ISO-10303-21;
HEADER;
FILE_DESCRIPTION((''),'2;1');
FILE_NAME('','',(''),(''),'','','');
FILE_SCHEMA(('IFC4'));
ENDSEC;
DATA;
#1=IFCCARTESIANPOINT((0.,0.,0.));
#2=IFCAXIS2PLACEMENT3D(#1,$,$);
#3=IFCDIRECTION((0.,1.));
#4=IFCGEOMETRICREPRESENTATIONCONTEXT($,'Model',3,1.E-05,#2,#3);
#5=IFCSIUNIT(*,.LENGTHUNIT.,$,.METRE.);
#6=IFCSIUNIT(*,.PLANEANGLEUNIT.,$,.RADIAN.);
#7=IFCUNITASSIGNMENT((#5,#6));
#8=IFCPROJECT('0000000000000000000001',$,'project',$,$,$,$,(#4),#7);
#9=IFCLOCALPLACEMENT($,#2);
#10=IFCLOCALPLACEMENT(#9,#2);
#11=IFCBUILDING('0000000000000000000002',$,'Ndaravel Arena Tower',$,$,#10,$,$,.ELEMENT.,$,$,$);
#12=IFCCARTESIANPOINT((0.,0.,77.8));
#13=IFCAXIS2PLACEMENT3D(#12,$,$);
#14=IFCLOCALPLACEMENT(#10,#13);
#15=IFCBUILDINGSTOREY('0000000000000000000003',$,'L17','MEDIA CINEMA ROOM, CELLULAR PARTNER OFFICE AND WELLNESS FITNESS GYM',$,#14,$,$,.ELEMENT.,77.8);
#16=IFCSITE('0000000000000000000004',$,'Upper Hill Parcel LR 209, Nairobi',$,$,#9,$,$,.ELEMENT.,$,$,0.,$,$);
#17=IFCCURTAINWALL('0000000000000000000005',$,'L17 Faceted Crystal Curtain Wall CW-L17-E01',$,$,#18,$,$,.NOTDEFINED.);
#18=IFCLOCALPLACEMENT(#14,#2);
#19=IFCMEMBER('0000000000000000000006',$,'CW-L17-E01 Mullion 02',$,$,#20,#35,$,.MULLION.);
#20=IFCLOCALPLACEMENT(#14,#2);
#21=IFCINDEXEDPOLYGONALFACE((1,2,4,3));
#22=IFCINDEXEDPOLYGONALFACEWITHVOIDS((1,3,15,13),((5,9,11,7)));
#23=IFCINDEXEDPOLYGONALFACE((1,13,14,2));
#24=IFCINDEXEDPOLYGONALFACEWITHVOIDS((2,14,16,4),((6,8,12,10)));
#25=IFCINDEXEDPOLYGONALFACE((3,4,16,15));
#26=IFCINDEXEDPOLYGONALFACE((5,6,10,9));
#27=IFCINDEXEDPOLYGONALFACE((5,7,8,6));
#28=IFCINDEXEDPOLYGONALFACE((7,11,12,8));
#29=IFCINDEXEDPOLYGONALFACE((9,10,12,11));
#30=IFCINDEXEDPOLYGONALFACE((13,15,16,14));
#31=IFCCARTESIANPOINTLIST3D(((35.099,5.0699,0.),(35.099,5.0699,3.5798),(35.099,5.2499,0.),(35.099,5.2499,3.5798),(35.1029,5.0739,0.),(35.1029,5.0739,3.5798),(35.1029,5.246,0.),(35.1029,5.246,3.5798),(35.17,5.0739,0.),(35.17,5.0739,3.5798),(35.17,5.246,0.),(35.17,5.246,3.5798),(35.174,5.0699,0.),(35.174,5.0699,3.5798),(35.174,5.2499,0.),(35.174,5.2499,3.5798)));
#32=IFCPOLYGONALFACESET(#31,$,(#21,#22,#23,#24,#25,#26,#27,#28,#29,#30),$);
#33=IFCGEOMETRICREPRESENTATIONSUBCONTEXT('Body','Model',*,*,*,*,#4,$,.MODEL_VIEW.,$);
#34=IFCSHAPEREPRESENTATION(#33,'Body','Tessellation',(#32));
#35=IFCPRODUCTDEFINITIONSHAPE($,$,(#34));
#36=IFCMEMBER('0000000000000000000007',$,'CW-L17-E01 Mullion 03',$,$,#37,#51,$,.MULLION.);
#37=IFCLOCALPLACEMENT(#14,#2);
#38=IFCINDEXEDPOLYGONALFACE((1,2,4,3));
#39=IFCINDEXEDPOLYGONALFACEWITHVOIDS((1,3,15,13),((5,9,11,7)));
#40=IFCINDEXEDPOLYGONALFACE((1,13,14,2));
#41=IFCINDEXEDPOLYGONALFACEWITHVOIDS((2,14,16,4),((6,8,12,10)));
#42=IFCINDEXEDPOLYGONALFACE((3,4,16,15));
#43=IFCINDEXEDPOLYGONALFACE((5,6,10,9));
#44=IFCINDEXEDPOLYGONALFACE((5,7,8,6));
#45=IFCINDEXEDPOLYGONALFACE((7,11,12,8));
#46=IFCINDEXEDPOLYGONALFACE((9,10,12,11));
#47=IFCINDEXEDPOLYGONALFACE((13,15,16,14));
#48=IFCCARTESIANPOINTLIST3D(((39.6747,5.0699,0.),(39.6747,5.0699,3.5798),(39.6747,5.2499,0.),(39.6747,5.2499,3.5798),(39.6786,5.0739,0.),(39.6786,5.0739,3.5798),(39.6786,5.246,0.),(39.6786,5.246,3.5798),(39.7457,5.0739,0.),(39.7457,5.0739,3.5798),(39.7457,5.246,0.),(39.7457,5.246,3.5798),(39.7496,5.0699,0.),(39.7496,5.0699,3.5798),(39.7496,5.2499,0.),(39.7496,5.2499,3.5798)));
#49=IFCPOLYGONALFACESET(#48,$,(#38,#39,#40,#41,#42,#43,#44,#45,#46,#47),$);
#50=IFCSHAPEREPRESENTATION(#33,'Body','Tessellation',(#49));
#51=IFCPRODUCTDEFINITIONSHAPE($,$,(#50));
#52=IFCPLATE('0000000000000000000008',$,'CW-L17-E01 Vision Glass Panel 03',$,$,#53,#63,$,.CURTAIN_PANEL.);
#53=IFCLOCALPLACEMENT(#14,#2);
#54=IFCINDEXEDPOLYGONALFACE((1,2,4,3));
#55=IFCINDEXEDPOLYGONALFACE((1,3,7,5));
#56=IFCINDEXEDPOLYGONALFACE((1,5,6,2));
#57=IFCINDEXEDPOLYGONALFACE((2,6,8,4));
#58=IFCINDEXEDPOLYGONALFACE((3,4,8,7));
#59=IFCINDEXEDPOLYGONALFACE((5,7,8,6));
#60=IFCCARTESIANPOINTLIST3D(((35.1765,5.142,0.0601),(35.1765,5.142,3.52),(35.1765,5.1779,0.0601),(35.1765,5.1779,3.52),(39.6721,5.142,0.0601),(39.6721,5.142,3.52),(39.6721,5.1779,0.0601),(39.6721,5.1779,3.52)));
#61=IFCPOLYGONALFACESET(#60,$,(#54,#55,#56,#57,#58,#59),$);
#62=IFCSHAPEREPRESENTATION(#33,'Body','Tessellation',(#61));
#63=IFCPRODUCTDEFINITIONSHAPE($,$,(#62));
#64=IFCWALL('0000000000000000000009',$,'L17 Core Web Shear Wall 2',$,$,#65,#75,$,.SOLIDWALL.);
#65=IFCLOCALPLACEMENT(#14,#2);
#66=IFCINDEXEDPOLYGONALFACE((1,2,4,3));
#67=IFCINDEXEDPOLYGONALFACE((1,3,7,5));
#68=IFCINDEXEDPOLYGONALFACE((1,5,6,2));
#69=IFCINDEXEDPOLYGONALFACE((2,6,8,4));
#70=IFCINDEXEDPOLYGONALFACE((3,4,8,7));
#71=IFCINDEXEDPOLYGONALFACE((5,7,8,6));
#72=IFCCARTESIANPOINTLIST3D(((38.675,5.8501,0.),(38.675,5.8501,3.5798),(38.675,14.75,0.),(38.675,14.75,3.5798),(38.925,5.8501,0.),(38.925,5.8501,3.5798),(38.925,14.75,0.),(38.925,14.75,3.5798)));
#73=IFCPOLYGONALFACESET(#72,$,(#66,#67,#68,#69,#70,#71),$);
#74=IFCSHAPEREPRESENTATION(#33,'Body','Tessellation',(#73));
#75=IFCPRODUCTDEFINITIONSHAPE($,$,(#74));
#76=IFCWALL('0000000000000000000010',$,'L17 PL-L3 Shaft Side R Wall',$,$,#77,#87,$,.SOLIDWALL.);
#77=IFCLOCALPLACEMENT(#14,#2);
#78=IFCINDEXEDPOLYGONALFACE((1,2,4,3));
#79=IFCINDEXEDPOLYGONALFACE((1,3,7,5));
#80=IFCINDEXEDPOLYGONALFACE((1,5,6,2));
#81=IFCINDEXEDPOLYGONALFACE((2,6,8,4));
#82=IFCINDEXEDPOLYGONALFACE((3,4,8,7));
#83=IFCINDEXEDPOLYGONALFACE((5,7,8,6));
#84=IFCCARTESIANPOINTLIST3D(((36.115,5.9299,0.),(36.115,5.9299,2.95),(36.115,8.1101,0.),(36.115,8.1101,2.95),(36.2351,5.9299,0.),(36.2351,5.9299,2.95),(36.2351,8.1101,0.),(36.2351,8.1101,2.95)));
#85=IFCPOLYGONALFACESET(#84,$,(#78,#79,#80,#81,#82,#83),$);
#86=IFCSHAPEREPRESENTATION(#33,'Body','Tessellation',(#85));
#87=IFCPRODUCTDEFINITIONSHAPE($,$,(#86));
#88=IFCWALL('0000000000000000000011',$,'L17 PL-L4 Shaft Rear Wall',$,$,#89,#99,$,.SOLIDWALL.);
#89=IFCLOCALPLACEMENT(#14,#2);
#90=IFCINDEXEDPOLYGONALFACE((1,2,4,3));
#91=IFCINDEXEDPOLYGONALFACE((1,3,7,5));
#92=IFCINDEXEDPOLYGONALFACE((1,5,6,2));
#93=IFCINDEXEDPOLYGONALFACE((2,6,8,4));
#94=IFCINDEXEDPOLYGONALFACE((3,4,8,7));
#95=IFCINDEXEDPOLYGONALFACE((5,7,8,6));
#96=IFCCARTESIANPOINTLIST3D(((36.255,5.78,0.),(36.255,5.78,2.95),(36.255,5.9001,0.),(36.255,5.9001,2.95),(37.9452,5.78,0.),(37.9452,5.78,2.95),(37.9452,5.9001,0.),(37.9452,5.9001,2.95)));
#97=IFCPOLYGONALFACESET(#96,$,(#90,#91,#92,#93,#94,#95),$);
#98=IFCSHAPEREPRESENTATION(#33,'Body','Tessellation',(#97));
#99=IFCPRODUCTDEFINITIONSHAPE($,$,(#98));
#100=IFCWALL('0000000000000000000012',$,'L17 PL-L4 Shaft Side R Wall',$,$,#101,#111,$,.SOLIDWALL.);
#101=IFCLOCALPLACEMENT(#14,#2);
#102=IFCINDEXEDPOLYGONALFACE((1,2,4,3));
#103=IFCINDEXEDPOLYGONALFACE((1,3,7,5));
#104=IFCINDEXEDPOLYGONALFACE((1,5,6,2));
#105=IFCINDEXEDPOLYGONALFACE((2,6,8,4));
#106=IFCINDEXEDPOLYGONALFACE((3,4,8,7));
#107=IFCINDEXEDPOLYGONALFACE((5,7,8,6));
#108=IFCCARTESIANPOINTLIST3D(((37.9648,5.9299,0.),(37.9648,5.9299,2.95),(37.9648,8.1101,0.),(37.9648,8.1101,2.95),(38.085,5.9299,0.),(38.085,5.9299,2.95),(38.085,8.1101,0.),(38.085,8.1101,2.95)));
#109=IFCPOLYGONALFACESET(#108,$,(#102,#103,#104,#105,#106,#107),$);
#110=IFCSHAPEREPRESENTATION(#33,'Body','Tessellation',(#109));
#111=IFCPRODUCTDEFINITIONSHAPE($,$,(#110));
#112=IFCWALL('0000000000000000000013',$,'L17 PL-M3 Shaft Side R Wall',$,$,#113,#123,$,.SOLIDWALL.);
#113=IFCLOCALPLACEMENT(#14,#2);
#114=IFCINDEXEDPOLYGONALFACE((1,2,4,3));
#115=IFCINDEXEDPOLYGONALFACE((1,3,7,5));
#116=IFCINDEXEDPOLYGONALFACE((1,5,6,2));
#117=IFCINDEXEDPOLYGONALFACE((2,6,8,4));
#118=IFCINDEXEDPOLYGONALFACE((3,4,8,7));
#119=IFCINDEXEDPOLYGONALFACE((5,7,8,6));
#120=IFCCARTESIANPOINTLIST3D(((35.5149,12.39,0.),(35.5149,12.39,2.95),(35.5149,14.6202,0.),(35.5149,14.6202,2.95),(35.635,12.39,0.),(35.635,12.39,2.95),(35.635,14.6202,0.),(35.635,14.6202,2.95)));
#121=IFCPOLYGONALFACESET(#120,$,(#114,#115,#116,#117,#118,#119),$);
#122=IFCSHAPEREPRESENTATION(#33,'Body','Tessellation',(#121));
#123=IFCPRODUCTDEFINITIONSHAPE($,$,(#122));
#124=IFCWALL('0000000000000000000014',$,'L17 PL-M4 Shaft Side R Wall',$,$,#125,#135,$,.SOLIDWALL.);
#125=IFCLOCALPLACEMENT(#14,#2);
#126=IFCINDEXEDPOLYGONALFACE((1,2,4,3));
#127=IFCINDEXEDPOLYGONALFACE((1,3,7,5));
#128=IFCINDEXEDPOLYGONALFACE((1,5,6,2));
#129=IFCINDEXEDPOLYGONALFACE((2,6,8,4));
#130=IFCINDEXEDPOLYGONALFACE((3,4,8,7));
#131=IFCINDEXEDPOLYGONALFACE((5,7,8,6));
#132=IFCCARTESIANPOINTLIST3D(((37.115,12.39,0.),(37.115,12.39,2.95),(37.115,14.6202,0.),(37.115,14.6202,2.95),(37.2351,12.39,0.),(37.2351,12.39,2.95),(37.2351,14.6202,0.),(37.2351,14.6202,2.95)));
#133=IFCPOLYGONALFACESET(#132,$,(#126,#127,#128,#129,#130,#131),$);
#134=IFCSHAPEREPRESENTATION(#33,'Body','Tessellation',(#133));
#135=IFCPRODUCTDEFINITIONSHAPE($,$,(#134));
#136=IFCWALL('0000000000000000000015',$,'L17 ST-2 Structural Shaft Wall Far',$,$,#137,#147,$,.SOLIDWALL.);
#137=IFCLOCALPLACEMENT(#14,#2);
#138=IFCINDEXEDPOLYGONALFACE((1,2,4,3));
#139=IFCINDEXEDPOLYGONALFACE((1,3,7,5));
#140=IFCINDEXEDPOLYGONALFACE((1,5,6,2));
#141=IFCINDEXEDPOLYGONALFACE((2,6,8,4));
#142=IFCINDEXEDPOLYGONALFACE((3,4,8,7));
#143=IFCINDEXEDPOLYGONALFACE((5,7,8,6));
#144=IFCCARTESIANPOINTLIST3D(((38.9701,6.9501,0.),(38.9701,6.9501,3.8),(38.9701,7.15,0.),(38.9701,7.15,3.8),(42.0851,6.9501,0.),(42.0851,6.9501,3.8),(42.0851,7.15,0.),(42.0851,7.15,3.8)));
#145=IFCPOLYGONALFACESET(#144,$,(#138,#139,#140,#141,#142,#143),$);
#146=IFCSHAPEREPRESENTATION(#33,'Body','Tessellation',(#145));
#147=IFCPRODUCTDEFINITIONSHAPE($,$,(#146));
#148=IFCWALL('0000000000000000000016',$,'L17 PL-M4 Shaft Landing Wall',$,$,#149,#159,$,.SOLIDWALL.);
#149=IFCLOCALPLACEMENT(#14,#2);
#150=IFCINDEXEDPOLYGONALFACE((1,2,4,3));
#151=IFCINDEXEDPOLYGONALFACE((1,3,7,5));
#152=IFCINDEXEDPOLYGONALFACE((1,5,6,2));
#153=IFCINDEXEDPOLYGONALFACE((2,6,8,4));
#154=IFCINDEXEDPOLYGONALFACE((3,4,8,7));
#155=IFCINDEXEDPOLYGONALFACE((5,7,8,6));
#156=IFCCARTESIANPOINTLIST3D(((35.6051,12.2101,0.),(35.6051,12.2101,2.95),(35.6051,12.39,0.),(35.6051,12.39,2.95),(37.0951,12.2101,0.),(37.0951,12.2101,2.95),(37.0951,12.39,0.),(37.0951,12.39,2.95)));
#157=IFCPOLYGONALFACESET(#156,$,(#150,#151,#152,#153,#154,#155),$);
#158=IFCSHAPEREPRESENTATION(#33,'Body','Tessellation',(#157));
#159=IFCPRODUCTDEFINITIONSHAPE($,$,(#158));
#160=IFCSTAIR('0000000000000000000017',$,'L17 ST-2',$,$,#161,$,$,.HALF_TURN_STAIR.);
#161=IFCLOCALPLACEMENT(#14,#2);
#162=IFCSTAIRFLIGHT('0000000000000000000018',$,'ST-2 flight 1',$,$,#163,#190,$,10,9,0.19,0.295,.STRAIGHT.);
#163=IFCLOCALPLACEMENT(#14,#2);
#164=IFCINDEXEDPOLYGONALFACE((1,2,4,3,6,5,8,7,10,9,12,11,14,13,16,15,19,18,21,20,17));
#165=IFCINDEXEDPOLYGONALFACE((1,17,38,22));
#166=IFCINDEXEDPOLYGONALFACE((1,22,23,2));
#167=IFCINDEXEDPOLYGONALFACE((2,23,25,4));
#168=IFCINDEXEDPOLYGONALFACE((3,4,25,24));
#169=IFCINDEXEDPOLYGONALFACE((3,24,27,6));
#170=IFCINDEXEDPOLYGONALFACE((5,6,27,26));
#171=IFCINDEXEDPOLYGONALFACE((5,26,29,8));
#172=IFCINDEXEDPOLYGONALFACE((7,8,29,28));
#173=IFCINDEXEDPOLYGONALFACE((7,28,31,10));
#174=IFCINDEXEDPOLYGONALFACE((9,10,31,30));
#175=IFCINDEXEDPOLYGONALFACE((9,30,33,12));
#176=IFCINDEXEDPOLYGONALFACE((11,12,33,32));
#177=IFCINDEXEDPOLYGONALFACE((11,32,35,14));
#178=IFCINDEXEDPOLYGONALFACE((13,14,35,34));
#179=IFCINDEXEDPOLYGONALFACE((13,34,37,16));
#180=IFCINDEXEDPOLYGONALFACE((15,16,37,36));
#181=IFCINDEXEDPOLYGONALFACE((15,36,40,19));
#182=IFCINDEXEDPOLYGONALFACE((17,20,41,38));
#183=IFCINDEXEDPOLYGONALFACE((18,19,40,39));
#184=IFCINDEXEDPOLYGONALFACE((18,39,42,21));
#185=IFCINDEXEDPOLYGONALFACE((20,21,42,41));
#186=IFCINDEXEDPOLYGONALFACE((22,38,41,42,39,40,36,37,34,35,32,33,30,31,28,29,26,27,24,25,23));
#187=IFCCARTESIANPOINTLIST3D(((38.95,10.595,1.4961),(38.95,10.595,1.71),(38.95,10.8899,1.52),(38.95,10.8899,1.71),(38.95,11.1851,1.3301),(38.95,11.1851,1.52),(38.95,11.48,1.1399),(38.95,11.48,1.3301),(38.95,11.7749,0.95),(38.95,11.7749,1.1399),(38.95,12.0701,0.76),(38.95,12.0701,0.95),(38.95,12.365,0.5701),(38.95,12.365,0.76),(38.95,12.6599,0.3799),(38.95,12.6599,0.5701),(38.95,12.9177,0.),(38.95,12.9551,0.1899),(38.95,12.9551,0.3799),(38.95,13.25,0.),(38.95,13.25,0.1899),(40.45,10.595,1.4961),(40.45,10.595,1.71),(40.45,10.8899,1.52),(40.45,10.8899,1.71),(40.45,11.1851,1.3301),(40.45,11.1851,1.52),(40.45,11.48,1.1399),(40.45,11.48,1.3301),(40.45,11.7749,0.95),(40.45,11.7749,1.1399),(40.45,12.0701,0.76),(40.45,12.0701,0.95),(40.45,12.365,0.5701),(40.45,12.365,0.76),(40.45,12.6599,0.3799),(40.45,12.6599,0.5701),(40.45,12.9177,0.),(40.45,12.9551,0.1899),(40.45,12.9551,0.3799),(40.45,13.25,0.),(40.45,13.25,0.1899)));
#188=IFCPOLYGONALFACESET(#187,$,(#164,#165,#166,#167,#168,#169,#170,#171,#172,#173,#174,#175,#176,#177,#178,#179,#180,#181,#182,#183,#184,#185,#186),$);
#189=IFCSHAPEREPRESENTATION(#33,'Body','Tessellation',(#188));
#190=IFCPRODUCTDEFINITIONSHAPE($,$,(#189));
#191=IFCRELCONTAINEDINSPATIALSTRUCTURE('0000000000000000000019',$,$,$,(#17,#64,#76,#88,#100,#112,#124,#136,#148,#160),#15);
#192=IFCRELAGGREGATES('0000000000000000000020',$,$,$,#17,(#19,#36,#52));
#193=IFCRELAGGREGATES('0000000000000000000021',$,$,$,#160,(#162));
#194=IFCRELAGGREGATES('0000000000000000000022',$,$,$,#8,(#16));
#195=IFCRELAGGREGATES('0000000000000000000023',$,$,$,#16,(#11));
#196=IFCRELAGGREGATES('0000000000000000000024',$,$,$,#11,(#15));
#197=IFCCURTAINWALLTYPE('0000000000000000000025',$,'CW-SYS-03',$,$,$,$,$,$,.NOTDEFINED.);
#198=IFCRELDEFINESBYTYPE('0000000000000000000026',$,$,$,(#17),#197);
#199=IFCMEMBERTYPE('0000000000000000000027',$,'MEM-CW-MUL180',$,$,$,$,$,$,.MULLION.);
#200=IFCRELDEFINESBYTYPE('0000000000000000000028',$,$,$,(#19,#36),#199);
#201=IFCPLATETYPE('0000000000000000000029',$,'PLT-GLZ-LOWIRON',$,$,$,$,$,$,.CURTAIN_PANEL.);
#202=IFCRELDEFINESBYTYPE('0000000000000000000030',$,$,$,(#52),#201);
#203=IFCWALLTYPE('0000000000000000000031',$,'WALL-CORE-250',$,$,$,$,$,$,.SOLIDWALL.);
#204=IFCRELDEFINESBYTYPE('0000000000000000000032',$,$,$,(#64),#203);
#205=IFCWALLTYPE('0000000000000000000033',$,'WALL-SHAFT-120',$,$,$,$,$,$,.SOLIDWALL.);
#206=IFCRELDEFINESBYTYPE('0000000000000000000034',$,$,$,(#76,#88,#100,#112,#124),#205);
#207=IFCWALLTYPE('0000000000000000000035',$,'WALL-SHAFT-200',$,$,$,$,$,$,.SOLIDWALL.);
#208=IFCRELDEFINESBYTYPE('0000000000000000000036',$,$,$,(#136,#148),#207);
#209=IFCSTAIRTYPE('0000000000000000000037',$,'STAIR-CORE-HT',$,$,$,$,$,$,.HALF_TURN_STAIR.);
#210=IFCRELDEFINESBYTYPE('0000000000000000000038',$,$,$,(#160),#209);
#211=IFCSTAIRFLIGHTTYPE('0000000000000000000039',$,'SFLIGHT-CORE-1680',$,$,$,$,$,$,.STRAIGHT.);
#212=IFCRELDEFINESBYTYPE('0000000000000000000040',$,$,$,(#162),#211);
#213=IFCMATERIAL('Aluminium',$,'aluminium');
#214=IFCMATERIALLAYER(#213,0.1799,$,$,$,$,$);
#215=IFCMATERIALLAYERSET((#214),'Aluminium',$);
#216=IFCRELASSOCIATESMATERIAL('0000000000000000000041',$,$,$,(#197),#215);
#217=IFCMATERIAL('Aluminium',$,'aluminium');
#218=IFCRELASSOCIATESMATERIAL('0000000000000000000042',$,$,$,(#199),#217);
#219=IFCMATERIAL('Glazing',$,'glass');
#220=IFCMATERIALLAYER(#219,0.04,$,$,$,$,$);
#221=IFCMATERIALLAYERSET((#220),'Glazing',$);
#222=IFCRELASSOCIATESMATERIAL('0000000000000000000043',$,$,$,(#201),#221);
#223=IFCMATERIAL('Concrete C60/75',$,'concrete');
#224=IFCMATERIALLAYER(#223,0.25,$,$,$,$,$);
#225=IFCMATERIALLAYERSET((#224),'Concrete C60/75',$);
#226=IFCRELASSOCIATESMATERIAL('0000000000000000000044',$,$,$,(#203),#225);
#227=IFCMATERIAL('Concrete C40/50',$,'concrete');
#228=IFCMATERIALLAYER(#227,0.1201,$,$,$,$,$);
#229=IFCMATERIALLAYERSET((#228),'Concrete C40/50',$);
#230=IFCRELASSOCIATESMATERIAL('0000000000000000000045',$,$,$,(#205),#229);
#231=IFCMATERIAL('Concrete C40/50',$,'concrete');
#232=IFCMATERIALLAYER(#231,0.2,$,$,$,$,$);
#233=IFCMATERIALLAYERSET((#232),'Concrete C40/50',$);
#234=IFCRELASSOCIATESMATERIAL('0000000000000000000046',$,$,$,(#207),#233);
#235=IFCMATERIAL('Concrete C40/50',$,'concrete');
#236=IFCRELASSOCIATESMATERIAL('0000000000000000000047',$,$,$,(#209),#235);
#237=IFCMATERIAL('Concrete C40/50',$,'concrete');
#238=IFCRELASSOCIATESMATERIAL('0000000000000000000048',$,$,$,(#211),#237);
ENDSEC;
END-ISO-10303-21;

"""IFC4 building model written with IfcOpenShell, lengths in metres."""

from ifc_helpers import new_model, si_unit, direction, frame, frame_2d, origin, origin_2d, place, context, subcontext, project, spatial, polyline, rectangle, hollow_rectangle, outline, extrude, material, layer, layer_set, material_profile, profile_set, type_object, element, aggregate, save


model = new_model("IFC4")

# Units and contexts
model_context = context("Model", 3, precision=1e-05, world=origin(), true_north=direction((0.0, 1.0)))
body_context = subcontext(model_context, "Body", "Model", "MODEL_VIEW")
ifc_project = project(units=[si_unit("LENGTHUNIT", "METRE"), si_unit("PLANEANGLEUNIT", "RADIAN")], contexts=[model_context])

# Site, building, storey
site_placement = place(None, origin())
site = spatial("IfcSite", under=ifc_project, at=site_placement, Name="Upper Hill Parcel LR 209, Nairobi", CompositionType="ELEMENT", RefElevation=0.0)
building_placement = place(site_placement, origin())
building = spatial("IfcBuilding", under=site, at=building_placement, Name="Ndaravel Arena Tower", CompositionType="ELEMENT")
storey_placement = place(building_placement, frame((0.0, 0.0, 77.8)))
storey = spatial("IfcBuildingStorey", under=building, at=storey_placement, Name="L17", Description="MEDIA CINEMA ROOM, CELLULAR PARTNER OFFICE AND WELLNESS FITNESS GYM", CompositionType="ELEMENT", Elevation=77.8)

# Curtain wall, members, plate
ifc_material_1 = material(Name="Aluminium", Category="aluminium")
ifc_layer_1 = layer(ifc_material_1, 0.1799)
ifc_layer_set_1 = layer_set([ifc_layer_1], Name="Aluminium")
curtain_wall_type = type_object("IfcCurtainWallType", Name="CW-SYS-03", PredefinedType="NOTDEFINED", material=ifc_layer_set_1)
curtain_wall_placement = place(storey_placement, origin())
curtain_wall = element("IfcCurtainWall", 1, at=curtain_wall_placement, inside=storey, type_object=curtain_wall_type, Name="L17 Faceted Crystal Curtain Wall CW-L17-E01", PredefinedType="NOTDEFINED")
ifc_material_2 = material(Name="Aluminium", Category="aluminium")
ifc_material_profile = material_profile(ifc_material_2, hollow_rectangle(XDim=0.075, YDim=0.1799, WallThickness=0.0039, at=origin_2d()), Name="CW MULLION 75x180x4")
ifc_profile_set = profile_set([ifc_material_profile], Name="Aluminium")
member_type = type_object("IfcMemberType", Name="MEM-CW-MUL180", PredefinedType="MULLION", material=ifc_profile_set)
member_1_placement = place(storey_placement, frame((35.1365, 5.1599, 0.0), z_axis=(0.0, 0.0, 1.0), x_axis=(1.0, 0.0, 0.0)))
member_1 = element("IfcMember", 2, at=member_1_placement, type_object=member_type, Name="CW-L17-E01 Mullion 02", PredefinedType="MULLION", context=body_context, shape_type="SweptSolid", body=[
    extrude(hollow_rectangle(XDim=0.075, YDim=0.1799, WallThickness=0.0039, at=origin_2d()), origin(), (0.0, 0.0, 1.0), 3.5798),
])
member_2_placement = place(storey_placement, frame((39.7122, 5.1599, 0.0), z_axis=(0.0, 0.0, 1.0), x_axis=(1.0, 0.0, 0.0)))
member_2 = element("IfcMember", 3, at=member_2_placement, type_object=member_type, Name="CW-L17-E01 Mullion 03", PredefinedType="MULLION", context=body_context, shape_type="SweptSolid", body=[
    extrude(hollow_rectangle(XDim=0.075, YDim=0.1799, WallThickness=0.0039, at=origin_2d()), origin(), (0.0, 0.0, 1.0), 3.5798),
])
ifc_material_3 = material(Name="Glazing", Category="glass")
ifc_layer_2 = layer(ifc_material_3, 0.04)
ifc_layer_set_2 = layer_set([ifc_layer_2], Name="Glazing")
plate_type = type_object("IfcPlateType", Name="PLT-GLZ-LOWIRON", PredefinedType="CURTAIN_PANEL", material=ifc_layer_set_2)
plate_placement = place(storey_placement, frame((37.4243, 5.1599, 0.0601), z_axis=(0.0, 0.0, 1.0), x_axis=(1.0, 0.0, 0.0)))
plate = element("IfcPlate", 4, at=plate_placement, type_object=plate_type, Name="CW-L17-E01 Vision Glass Panel 03", PredefinedType="CURTAIN_PANEL", context=body_context, shape_type="SweptSolid", body=[
    extrude(rectangle(XDim=4.4956, YDim=0.0359, at=origin_2d()), origin(), (0.0, 0.0, 1.0), 3.46),
])
aggregate(curtain_wall, [member_1, member_2, plate])

# Walls
ifc_material_4 = material(Name="Concrete C60/75", Category="concrete")
ifc_layer_3 = layer(ifc_material_4, 0.25)
ifc_layer_set_3 = layer_set([ifc_layer_3], Name="Concrete C60/75")
wall_type_1 = type_object("IfcWallType", Name="WALL-CORE-250", PredefinedType="SOLIDWALL", material=ifc_layer_set_3)
wall_1_placement = place(storey_placement, frame((38.8, 5.8501, 0.0), z_axis=(0.0, 0.0, 1.0), x_axis=(0.0, 1.0, 0.0)))
element("IfcWall", 5, at=wall_1_placement, inside=storey, type_object=wall_type_1, Name="L17 Core Web Shear Wall 2", PredefinedType="SOLIDWALL", context=body_context, shape_type="SweptSolid", body=[
    extrude(rectangle(XDim=8.8999, YDim=0.25, at=frame_2d((4.45, 0.0))), origin(), (0.0, 0.0, 1.0), 3.5798),
])
ifc_material_5 = material(Name="Concrete C40/50", Category="concrete")
ifc_layer_4 = layer(ifc_material_5, 0.1201)
ifc_layer_set_4 = layer_set([ifc_layer_4], Name="Concrete C40/50")
wall_type_2 = type_object("IfcWallType", Name="WALL-SHAFT-120", PredefinedType="SOLIDWALL", material=ifc_layer_set_4)
wall_2_placement = place(storey_placement, frame((36.175, 5.9299, 0.0), z_axis=(0.0, 0.0, 1.0), x_axis=(0.0, 1.0, 0.0)))
element("IfcWall", 6, at=wall_2_placement, inside=storey, type_object=wall_type_2, Name="L17 PL-L3 Shaft Side R Wall", PredefinedType="SOLIDWALL", context=body_context, shape_type="SweptSolid", body=[
    extrude(rectangle(XDim=2.1802, YDim=0.1201, at=frame_2d((1.0901, 0.0))), origin(), (0.0, 0.0, 1.0), 2.95),
])
wall_3_placement = place(storey_placement, frame((36.2549, 5.8401, 0.0), z_axis=(0.0, 0.0, 1.0), x_axis=(1.0, 0.0, 0.0)))
element("IfcWall", 7, at=wall_3_placement, inside=storey, type_object=wall_type_2, Name="L17 PL-L4 Shaft Rear Wall", PredefinedType="SOLIDWALL", context=body_context, shape_type="SweptSolid", body=[
    extrude(rectangle(XDim=1.6902, YDim=0.1201, at=frame_2d((0.8452, 0.0))), origin(), (0.0, 0.0, 1.0), 2.95),
])
wall_4_placement = place(storey_placement, frame((38.0249, 5.9299, 0.0), z_axis=(0.0, 0.0, 1.0), x_axis=(0.0, 1.0, 0.0)))
element("IfcWall", 8, at=wall_4_placement, inside=storey, type_object=wall_type_2, Name="L17 PL-L4 Shaft Side R Wall", PredefinedType="SOLIDWALL", context=body_context, shape_type="SweptSolid", body=[
    extrude(rectangle(XDim=2.1802, YDim=0.1201, at=frame_2d((1.0901, 0.0))), origin(), (0.0, 0.0, 1.0), 2.95),
])
for number, where, z_axis, x_axis, name in (
    (9, (35.575, 12.3899, 0.0), (0.0, 0.0, 1.0), (0.0, 1.0, 0.0), "L17 PL-M3 Shaft Side R Wall"),
    (10, (37.175, 12.3899, 0.0), (0.0, 0.0, 1.0), (0.0, 1.0, 0.0), "L17 PL-M4 Shaft Side R Wall"),
):
    element("IfcWall", number, at=place(storey_placement, frame(where, z_axis=z_axis, x_axis=x_axis)), inside=storey, type_object=wall_type_2, Name=name, PredefinedType="SOLIDWALL", context=body_context, shape_type="SweptSolid", body=[
        extrude(rectangle(XDim=2.2302, YDim=0.1201, at=frame_2d((1.1152, 0.0))), origin(), (0.0, 0.0, 1.0), 2.95),
    ])
ifc_material_6 = material(Name="Concrete C40/50", Category="concrete")
ifc_layer_5 = layer(ifc_material_6, 0.2)
ifc_layer_set_5 = layer_set([ifc_layer_5], Name="Concrete C40/50")
wall_type_3 = type_object("IfcWallType", Name="WALL-SHAFT-200", PredefinedType="SOLIDWALL", material=ifc_layer_set_5)
wall_5_placement = place(storey_placement, frame((38.97, 7.05, 0.0), z_axis=(0.0, 0.0, 1.0), x_axis=(1.0, 0.0, 0.0)))
element("IfcWall", 11, at=wall_5_placement, inside=storey, type_object=wall_type_3, Name="L17 ST-2 Structural Shaft Wall Far", PredefinedType="SOLIDWALL", context=body_context, shape_type="SweptSolid", body=[
    extrude(rectangle(XDim=3.115, YDim=0.2, at=frame_2d((1.5576, 0.0))), origin(), (0.0, 0.0, 1.0), 3.8),
])

# Wall
wall_6_placement = place(storey_placement, frame((35.605, 12.3, 0.0), z_axis=(0.0, 0.0, 1.0), x_axis=(1.0, 0.0, 0.0)))
element("IfcWall", 12, at=wall_6_placement, inside=storey, type_object=wall_type_3, Name="L17 PL-M4 Shaft Landing Wall", PredefinedType="SOLIDWALL", context=body_context, shape_type="SweptSolid", body=[
    extrude(rectangle(XDim=1.49, YDim=0.1799, at=frame_2d((0.7451, 0.0))), origin(), (0.0, 0.0, 1.0), 2.95),
])

# Stair, stair flight
ifc_material_7 = material(Name="Concrete C40/50", Category="concrete")
stair_type = type_object("IfcStairType", Name="STAIR-CORE-HT", PredefinedType="HALF_TURN_STAIR", material=ifc_material_7)
stair_placement = place(storey_placement, origin())
stair = element("IfcStair", 13, at=stair_placement, inside=storey, type_object=stair_type, Name="L17 ST-2", PredefinedType="HALF_TURN_STAIR")
ifc_material_8 = material(Name="Concrete C40/50", Category="concrete")
stair_flight_type = type_object("IfcStairFlightType", Name="SFLIGHT-CORE-1680", PredefinedType="STRAIGHT", material=ifc_material_8)
stair_flight_placement = place(storey_placement, frame((39.7, 13.25, 0.0), z_axis=(0.0, 0.0, 1.0), x_axis=(0.0, -1.0, 0.0)))
stair_flight = element("IfcStairFlight", 14, at=stair_flight_placement, type_object=stair_flight_type, Name="ST-2 flight 1", NumberOfRisers=10, NumberOfTreads=9, PredefinedType="STRAIGHT", RiserHeight=0.19, TreadLength=0.295, context=body_context, shape_type="SweptSolid", body=[
    extrude(outline(polyline([(0.0, 0.0), (0.0, 0.1899), (0.2949, 0.1899), (0.2949, 0.3799), (0.5901, 0.3799), (0.5901, 0.5701), (0.885, 0.5701), (0.885, 0.76), (1.1799, 0.76), (1.1799, 0.95), (1.4751, 0.95), (1.4751, 1.1399), (1.77, 1.1399), (1.77, 1.3301), (2.0649, 1.3301), (2.0649, 1.52), (2.3601, 1.52), (2.3601, 1.71), (2.655, 1.71), (2.655, 1.8999), (2.655, 1.4961), (0.3323, 0.0), (0.0, 0.0)])), frame((0.0, 0.75, 0.0), z_axis=(0.0, -1.0, 0.0), x_axis=(1.0, 0.0, 0.0)), (0.0, 0.0, 1.0), 1.5),
])
aggregate(stair, [stair_flight])

save(model, "model.ifc")
